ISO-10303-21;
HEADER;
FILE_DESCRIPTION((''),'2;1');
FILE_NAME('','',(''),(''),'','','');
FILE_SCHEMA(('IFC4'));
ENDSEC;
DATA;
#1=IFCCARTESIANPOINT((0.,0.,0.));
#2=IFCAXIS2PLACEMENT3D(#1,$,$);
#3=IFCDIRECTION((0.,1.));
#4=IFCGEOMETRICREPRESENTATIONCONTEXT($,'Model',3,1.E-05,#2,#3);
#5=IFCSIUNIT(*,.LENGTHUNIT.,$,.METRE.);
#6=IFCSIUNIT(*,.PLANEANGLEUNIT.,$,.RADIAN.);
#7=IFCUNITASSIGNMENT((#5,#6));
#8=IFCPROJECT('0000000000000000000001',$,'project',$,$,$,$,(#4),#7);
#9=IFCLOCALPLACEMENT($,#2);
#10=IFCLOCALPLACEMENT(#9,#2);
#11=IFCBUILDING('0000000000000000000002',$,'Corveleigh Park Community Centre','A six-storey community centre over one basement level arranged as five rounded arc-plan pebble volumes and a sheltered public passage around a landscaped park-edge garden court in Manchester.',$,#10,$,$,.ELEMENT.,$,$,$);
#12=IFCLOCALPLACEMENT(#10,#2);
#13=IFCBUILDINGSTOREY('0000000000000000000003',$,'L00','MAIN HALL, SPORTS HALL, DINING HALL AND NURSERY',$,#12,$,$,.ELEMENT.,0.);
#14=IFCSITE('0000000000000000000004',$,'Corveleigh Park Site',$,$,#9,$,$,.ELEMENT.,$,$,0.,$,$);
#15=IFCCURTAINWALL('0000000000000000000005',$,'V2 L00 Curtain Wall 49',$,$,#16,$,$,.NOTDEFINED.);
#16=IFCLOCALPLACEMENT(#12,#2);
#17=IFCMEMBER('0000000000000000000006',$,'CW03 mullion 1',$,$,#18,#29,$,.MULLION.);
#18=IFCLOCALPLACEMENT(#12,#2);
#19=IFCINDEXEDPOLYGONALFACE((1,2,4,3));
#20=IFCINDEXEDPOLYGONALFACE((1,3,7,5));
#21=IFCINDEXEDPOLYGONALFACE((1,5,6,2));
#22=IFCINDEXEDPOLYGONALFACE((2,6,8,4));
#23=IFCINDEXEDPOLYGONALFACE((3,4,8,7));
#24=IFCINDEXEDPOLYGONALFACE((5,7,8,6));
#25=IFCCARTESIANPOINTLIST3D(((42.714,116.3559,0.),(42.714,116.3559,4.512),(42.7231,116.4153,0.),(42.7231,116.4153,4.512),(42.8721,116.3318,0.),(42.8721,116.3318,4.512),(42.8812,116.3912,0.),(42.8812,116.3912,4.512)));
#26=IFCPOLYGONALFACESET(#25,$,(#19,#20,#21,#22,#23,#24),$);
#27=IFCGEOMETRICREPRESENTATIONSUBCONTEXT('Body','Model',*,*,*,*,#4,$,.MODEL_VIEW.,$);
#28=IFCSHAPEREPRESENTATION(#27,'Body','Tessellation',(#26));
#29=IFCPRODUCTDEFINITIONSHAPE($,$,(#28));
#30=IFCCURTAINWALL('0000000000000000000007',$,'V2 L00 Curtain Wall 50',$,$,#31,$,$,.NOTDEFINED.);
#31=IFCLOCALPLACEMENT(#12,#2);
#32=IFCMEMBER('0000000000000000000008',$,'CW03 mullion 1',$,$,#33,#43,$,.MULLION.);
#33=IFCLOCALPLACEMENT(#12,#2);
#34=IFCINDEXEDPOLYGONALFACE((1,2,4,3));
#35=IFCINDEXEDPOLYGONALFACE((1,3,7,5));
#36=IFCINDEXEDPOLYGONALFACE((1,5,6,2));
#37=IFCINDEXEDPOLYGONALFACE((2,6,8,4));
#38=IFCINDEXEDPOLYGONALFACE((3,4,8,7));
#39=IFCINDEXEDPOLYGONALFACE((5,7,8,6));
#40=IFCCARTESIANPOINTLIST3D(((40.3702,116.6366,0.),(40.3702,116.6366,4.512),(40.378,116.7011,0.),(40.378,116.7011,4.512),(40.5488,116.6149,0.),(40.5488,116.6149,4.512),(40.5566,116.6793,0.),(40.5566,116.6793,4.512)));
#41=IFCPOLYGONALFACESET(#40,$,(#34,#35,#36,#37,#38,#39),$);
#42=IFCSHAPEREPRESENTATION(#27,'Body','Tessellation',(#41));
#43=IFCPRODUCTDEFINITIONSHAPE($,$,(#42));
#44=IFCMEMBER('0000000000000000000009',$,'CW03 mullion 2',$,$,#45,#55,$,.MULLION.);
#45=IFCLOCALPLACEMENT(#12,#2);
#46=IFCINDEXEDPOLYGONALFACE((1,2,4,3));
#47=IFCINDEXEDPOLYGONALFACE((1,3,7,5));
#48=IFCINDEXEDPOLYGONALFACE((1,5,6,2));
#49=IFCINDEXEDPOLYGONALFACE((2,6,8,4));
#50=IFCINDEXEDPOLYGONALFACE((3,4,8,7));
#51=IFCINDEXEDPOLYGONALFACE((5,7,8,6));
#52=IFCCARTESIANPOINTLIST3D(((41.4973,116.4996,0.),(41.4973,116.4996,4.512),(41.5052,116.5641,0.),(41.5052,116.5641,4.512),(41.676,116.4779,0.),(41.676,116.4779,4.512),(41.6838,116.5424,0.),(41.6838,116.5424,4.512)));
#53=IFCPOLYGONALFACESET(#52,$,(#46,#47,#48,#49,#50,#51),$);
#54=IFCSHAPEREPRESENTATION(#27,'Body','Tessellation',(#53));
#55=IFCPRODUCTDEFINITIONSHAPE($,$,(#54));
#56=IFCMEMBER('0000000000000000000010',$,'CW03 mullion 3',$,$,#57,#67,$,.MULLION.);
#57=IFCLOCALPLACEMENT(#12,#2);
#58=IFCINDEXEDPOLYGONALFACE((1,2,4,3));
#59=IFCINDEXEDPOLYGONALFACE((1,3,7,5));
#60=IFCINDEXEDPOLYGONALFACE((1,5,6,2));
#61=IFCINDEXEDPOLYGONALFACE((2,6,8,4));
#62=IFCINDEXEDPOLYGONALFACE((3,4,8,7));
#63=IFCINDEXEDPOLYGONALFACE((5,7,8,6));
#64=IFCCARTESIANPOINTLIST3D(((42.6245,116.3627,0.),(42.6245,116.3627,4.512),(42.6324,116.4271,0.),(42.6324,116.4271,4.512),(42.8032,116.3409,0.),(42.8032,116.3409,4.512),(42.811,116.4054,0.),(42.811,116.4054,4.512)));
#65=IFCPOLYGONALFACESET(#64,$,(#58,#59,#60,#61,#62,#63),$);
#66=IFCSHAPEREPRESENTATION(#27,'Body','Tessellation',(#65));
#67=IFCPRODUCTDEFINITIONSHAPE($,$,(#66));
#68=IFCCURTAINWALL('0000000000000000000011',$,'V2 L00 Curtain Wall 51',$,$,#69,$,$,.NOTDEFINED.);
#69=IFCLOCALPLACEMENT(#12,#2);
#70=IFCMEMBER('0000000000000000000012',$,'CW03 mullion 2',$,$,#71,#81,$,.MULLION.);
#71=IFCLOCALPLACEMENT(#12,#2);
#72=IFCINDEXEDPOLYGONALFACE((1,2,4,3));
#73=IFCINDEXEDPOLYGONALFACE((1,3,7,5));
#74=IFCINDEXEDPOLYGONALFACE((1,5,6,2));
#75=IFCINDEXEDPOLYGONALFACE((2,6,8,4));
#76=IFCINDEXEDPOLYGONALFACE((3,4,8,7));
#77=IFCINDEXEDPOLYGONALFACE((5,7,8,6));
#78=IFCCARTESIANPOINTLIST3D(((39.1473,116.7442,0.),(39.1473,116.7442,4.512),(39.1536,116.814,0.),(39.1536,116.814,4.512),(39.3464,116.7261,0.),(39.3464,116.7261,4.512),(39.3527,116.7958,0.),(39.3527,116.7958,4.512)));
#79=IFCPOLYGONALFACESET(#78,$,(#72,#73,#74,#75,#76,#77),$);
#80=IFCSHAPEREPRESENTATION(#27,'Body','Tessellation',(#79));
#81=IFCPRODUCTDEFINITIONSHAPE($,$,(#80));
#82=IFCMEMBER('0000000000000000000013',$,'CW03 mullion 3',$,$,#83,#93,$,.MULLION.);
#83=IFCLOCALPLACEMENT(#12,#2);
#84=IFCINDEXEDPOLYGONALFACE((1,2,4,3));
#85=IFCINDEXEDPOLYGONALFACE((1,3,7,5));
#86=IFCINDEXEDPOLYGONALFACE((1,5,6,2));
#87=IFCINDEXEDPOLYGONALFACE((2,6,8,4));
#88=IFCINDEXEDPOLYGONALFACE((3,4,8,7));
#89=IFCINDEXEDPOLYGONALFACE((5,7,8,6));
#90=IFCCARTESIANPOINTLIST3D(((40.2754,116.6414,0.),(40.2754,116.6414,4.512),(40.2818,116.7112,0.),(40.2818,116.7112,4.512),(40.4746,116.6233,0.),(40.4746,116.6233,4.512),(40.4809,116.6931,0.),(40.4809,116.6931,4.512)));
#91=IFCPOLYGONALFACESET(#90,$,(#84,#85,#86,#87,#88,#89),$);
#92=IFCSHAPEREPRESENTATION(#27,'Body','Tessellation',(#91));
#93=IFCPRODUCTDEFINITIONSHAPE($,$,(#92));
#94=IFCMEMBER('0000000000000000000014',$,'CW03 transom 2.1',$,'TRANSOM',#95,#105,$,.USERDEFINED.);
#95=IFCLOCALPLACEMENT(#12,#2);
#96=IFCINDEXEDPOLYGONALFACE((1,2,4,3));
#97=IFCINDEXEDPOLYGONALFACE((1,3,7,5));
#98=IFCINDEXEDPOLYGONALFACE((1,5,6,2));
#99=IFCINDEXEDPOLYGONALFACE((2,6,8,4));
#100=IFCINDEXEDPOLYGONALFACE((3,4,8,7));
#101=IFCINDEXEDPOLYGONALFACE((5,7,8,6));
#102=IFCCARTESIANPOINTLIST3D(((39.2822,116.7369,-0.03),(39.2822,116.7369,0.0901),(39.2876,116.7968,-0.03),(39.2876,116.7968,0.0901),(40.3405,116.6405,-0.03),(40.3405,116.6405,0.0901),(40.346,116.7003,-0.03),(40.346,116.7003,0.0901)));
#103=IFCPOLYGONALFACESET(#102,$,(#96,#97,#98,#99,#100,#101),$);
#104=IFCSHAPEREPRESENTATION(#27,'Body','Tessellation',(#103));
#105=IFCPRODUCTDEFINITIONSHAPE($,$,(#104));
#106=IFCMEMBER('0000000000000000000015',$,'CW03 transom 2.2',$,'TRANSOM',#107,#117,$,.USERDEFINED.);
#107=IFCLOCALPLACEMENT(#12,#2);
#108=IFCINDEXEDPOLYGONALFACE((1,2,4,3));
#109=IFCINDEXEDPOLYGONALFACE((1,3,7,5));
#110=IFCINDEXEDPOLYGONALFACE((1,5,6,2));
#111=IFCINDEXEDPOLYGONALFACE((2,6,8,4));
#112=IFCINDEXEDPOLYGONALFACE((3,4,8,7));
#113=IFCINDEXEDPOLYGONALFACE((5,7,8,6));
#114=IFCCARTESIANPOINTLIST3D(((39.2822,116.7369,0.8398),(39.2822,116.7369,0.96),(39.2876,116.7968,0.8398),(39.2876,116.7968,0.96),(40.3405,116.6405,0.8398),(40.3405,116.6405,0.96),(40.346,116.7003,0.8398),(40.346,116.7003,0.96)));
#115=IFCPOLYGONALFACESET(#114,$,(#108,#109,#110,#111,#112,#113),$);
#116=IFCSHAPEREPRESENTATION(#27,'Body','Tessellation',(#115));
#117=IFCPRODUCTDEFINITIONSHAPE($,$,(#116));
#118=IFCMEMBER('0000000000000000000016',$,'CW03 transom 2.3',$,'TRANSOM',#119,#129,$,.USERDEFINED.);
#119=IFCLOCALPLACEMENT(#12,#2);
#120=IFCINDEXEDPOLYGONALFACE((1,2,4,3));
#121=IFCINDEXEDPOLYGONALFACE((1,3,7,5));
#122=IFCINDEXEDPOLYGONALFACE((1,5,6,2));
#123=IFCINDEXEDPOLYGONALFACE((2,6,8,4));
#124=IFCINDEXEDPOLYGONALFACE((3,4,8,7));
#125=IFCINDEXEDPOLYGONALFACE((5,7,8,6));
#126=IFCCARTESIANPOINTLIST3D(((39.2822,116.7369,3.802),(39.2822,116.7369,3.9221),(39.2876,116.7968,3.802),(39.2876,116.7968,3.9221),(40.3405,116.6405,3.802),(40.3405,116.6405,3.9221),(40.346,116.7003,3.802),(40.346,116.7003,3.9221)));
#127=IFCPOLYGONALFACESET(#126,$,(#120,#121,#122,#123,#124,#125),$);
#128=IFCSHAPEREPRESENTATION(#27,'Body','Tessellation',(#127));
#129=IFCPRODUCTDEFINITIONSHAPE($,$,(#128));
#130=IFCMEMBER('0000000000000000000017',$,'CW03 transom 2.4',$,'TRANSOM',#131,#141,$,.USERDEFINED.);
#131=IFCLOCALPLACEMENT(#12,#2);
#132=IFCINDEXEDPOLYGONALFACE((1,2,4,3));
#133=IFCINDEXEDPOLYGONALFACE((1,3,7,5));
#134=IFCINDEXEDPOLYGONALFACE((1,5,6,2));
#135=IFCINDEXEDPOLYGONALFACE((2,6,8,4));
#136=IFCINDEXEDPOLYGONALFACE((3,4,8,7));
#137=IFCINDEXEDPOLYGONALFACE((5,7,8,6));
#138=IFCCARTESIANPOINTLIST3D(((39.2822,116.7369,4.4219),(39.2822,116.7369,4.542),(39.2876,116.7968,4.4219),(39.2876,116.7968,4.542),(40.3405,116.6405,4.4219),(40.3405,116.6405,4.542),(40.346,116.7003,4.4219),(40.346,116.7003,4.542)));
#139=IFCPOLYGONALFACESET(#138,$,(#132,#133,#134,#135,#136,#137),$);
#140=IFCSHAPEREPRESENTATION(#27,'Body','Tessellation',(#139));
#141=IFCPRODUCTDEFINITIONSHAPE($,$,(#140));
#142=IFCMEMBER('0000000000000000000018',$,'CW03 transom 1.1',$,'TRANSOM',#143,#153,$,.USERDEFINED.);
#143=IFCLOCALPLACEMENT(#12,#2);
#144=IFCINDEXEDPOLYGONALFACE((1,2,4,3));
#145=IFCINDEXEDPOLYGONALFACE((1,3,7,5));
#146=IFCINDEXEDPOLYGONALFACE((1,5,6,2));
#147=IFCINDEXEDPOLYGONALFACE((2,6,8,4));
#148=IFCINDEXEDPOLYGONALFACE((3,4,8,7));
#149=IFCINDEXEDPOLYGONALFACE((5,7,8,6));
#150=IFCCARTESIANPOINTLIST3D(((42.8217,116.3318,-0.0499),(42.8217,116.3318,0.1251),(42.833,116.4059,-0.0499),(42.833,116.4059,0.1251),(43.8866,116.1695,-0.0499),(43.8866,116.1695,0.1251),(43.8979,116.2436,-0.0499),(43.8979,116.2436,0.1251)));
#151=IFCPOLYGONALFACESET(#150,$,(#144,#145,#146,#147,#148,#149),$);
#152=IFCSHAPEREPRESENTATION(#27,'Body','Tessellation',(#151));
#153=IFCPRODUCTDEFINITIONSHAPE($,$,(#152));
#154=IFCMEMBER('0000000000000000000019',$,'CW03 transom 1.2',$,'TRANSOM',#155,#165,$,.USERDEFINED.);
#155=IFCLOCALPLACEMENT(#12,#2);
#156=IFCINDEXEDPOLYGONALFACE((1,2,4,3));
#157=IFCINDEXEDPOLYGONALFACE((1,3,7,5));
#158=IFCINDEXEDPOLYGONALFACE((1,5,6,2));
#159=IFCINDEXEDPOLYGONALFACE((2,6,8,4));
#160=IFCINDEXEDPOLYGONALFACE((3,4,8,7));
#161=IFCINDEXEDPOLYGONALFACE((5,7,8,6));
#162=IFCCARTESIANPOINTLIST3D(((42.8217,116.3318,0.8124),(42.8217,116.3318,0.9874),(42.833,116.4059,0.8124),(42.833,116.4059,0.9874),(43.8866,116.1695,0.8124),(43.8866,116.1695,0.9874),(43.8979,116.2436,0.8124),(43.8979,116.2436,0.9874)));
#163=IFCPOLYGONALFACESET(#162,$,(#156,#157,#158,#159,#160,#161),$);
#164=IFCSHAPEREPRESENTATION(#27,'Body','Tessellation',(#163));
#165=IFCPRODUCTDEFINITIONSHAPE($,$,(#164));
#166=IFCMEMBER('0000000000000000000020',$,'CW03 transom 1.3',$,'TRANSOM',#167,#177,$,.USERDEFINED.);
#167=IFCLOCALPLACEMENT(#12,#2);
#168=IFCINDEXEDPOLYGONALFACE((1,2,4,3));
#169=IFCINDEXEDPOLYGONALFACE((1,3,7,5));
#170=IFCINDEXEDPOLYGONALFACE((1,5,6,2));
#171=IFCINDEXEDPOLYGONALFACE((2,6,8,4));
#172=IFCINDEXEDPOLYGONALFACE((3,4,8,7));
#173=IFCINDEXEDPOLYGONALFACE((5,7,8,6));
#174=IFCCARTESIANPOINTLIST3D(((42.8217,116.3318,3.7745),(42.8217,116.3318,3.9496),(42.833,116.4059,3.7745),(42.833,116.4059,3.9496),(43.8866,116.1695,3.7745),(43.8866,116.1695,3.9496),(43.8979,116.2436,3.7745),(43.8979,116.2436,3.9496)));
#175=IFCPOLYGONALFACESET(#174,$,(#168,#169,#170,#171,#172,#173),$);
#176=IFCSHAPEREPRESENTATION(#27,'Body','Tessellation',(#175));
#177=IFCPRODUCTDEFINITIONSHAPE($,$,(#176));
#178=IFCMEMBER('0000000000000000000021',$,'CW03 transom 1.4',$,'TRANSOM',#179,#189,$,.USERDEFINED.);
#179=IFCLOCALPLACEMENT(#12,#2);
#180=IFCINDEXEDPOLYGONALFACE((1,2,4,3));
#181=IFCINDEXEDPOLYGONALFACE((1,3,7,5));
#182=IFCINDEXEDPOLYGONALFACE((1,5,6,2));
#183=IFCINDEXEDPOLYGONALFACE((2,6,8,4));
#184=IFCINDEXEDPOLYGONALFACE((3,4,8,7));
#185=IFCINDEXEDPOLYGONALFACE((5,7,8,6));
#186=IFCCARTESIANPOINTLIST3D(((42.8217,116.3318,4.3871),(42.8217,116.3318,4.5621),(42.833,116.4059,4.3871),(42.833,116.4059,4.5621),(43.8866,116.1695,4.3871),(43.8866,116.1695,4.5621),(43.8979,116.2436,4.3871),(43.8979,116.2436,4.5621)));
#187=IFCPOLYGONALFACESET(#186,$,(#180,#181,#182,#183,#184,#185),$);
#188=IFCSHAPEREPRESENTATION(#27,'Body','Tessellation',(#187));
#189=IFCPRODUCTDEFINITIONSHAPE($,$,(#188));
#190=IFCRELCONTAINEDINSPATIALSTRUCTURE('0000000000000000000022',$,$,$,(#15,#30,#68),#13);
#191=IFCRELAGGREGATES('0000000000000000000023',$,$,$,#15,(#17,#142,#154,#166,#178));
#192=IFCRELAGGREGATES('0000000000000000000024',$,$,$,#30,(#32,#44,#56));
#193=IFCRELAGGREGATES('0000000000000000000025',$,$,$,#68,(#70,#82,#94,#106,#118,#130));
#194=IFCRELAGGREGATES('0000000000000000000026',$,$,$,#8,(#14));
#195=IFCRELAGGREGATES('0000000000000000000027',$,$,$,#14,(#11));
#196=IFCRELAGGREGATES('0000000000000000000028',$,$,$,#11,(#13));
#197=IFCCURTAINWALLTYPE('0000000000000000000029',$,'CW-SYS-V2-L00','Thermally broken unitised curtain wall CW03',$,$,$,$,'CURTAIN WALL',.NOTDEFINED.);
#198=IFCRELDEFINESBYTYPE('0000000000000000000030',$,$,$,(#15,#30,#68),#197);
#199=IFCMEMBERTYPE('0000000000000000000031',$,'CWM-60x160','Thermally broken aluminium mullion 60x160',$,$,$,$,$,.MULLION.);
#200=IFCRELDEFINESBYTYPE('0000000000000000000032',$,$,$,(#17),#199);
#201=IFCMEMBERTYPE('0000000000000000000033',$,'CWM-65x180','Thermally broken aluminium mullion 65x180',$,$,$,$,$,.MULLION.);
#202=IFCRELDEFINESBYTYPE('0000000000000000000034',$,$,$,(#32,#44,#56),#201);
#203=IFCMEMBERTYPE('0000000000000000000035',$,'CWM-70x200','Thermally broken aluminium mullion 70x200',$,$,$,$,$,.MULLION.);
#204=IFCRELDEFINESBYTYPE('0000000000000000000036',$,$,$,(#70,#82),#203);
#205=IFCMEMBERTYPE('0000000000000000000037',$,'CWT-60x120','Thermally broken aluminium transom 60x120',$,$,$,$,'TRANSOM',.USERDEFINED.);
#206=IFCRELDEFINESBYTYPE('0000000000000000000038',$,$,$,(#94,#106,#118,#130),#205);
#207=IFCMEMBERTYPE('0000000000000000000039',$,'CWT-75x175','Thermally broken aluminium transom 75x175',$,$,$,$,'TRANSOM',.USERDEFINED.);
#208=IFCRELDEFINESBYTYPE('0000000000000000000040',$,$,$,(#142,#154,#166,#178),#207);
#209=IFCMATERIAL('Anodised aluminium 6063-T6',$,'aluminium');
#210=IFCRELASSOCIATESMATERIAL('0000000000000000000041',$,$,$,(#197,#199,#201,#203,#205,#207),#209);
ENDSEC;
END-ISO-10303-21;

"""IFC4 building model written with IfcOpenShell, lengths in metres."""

from ifc_helpers import new_model, si_unit, direction, frame, origin, origin_2d, place, context, subcontext, project, spatial, rectangle, extrude, material, material_profile, profile_set, type_object, element, aggregate, save


model = new_model("IFC4")

# Units and contexts
model_context = context("Model", 3, precision=1e-05, world=origin(), true_north=direction((0.0, 1.0)))
body_context = subcontext(model_context, "Body", "Model", "MODEL_VIEW")
ifc_project = project(units=[si_unit("LENGTHUNIT", "METRE"), si_unit("PLANEANGLEUNIT", "RADIAN")], contexts=[model_context])

# Site, building, storey
site_placement = place(None, origin())
site = spatial("IfcSite", under=ifc_project, at=site_placement, Name="Corveleigh Park Site", CompositionType="ELEMENT", RefElevation=0.0)
building_placement = place(site_placement, origin())
building = spatial("IfcBuilding", under=site, at=building_placement, Name="Corveleigh Park Community Centre", Description="A six-storey community centre over one basement level arranged as five rounded arc-plan pebble volumes and a sheltered public passage around a landscaped park-edge garden court in Manchester.", CompositionType="ELEMENT")
storey_placement = place(building_placement, origin())
storey = spatial("IfcBuildingStorey", under=building, at=storey_placement, Name="L00", Description="MAIN HALL, SPORTS HALL, DINING HALL AND NURSERY", CompositionType="ELEMENT", Elevation=0.0)

# Curtain wall, member
ifc_material_1 = material(Name="Anodised aluminium 6063-T6", Category="aluminium")
curtain_wall_type = type_object("IfcCurtainWallType", Name="CW-SYS-V2-L00", Description="Thermally broken unitised curtain wall CW03", ElementType="CURTAIN WALL", PredefinedType="NOTDEFINED", material=ifc_material_1)
curtain_wall_1_placement = place(storey_placement, origin())
curtain_wall_1 = element("IfcCurtainWall", 1, at=curtain_wall_1_placement, inside=storey, type_object=curtain_wall_type, Name="V2 L00 Curtain Wall 49", PredefinedType="NOTDEFINED")
ifc_material_profile_1 = material_profile(ifc_material_1, rectangle(XDim=0.0601, YDim=0.1599, at=origin_2d()), Name="ALU-M60x160", Category="aluminium")
ifc_profile_set_1 = profile_set([ifc_material_profile_1], Name="Anodised aluminium 6063-T6")
member_type_1 = type_object("IfcMemberType", Name="CWM-60x160", Description="Thermally broken aluminium mullion 60x160", PredefinedType="MULLION", material=ifc_profile_set_1)
member_1_placement = place(storey_placement, frame((42.7976, 116.3735, 0.0), z_axis=(0.0, 0.0, 1.0), x_axis=(0.15077, 0.988569, 0.0)))
member_1 = element("IfcMember", 2, at=member_1_placement, type_object=member_type_1, Name="CW03 mullion 1", PredefinedType="MULLION", context=body_context, shape_type="SweptSolid", body=[
    extrude(rectangle(XDim=0.0601, YDim=0.1599, at=origin_2d()), origin(), (0.0, 0.0, 1.0), 4.512),
])

# Curtain walls, members
curtain_wall_2_placement = place(storey_placement, origin())
curtain_wall_2 = element("IfcCurtainWall", 3, at=curtain_wall_2_placement, inside=storey, type_object=curtain_wall_type, Name="V2 L00 Curtain Wall 50", PredefinedType="NOTDEFINED")
ifc_material_profile_2 = material_profile(ifc_material_1, rectangle(XDim=0.0649, YDim=0.1799, at=origin_2d()), Name="ALU-M65x180", Category="aluminium")
ifc_profile_set_2 = profile_set([ifc_material_profile_2], Name="Anodised aluminium 6063-T6")
member_type_2 = type_object("IfcMemberType", Name="CWM-65x180", Description="Thermally broken aluminium mullion 65x180", PredefinedType="MULLION", material=ifc_profile_set_2)
member_2_placement = place(storey_placement, frame((40.4634, 116.658, 0.0), z_axis=(0.0, 0.0, 1.0), x_axis=(0.120715, 0.992687, 0.0)))
member_2 = element("IfcMember", 4, at=member_2_placement, type_object=member_type_2, Name="CW03 mullion 1", PredefinedType="MULLION", context=body_context, shape_type="SweptSolid", body=[
    extrude(rectangle(XDim=0.0649, YDim=0.1799, at=origin_2d()), origin(), (0.0, 0.0, 1.0), 4.512),
])
member_3_placement = place(storey_placement, frame((41.5906, 116.521, 0.0), z_axis=(0.0, 0.0, 1.0), x_axis=(0.120715, 0.992687, 0.0)))
member_3 = element("IfcMember", 5, at=member_3_placement, type_object=member_type_2, Name="CW03 mullion 2", PredefinedType="MULLION", context=body_context, shape_type="SweptSolid", body=[
    extrude(rectangle(XDim=0.0649, YDim=0.1799, at=origin_2d()), origin(), (0.0, 0.0, 1.0), 4.512),
])
member_4_placement = place(storey_placement, frame((42.7178, 116.384, 0.0), z_axis=(0.0, 0.0, 1.0), x_axis=(0.120715, 0.992687, 0.0)))
member_4 = element("IfcMember", 6, at=member_4_placement, type_object=member_type_2, Name="CW03 mullion 3", PredefinedType="MULLION", context=body_context, shape_type="SweptSolid", body=[
    extrude(rectangle(XDim=0.0649, YDim=0.1799, at=origin_2d()), origin(), (0.0, 0.0, 1.0), 4.512),
])
curtain_wall_3_placement = place(storey_placement, origin())
curtain_wall_3 = element("IfcCurtainWall", 7, at=curtain_wall_3_placement, inside=storey, type_object=curtain_wall_type, Name="V2 L00 Curtain Wall 51", PredefinedType="NOTDEFINED")
ifc_material_profile_3 = material_profile(ifc_material_1, rectangle(XDim=0.0701, YDim=0.2, at=origin_2d()), Name="ALU-M70x200", Category="aluminium")
ifc_profile_set_3 = profile_set([ifc_material_profile_3], Name="Anodised aluminium 6063-T6")
member_type_3 = type_object("IfcMemberType", Name="CWM-70x200", Description="Thermally broken aluminium mullion 70x200", PredefinedType="MULLION", material=ifc_profile_set_3)
member_5_placement = place(storey_placement, frame((39.25, 116.77, 0.0), z_axis=(0.0, 0.0, 1.0), x_axis=(0.090767, 0.995872, 0.0)))
member_5 = element("IfcMember", 8, at=member_5_placement, type_object=member_type_3, Name="CW03 mullion 2", PredefinedType="MULLION", context=body_context, shape_type="SweptSolid", body=[
    extrude(rectangle(XDim=0.0701, YDim=0.2, at=origin_2d()), origin(), (0.0, 0.0, 1.0), 4.512),
])
member_6_placement = place(storey_placement, frame((40.3782, 116.6672, 0.0), z_axis=(0.0, 0.0, 1.0), x_axis=(0.090767, 0.995872, 0.0)))
member_6 = element("IfcMember", 9, at=member_6_placement, type_object=member_type_3, Name="CW03 mullion 3", PredefinedType="MULLION", context=body_context, shape_type="SweptSolid", body=[
    extrude(rectangle(XDim=0.0701, YDim=0.2, at=origin_2d()), origin(), (0.0, 0.0, 1.0), 4.512),
])
ifc_material_profile_4 = material_profile(ifc_material_1, rectangle(XDim=0.0601, YDim=0.1201, at=origin_2d()), Name="ALU-T60x120", Category="aluminium")
ifc_profile_set_4 = profile_set([ifc_material_profile_4], Name="Anodised aluminium 6063-T6")
member_type_4 = type_object("IfcMemberType", Name="CWT-60x120", Description="Thermally broken aluminium transom 60x120", ElementType="TRANSOM", PredefinedType="USERDEFINED", material=ifc_profile_set_4)
member_7_placement = place(storey_placement, frame((39.2849, 116.7668, 0.03), z_axis=(0.995874, -0.090743, 0.0), x_axis=(0.090743, 0.995874, 0.0)))
member_7 = element("IfcMember", 10, at=member_7_placement, type_object=member_type_4, Name="CW03 transom 2.1", ObjectType="TRANSOM", PredefinedType="USERDEFINED", context=body_context, shape_type="SweptSolid", body=[
    extrude(rectangle(XDim=0.0601, YDim=0.1201, at=origin_2d()), origin(), (0.0, 0.0, 1.0), 1.0627),
])
member_8_placement = place(storey_placement, frame((39.2849, 116.7668, 0.8999), z_axis=(0.995874, -0.090743, 0.0), x_axis=(0.090743, 0.995874, 0.0)))
member_8 = element("IfcMember", 11, at=member_8_placement, type_object=member_type_4, Name="CW03 transom 2.2", ObjectType="TRANSOM", PredefinedType="USERDEFINED", context=body_context, shape_type="SweptSolid", body=[
    extrude(rectangle(XDim=0.0601, YDim=0.1201, at=origin_2d()), origin(), (0.0, 0.0, 1.0), 1.0627),
])
member_9_placement = place(storey_placement, frame((39.2849, 116.7668, 3.8621), z_axis=(0.995874, -0.090743, 0.0), x_axis=(0.090743, 0.995874, 0.0)))
member_9 = element("IfcMember", 12, at=member_9_placement, type_object=member_type_4, Name="CW03 transom 2.3", ObjectType="TRANSOM", PredefinedType="USERDEFINED", context=body_context, shape_type="SweptSolid", body=[
    extrude(rectangle(XDim=0.0601, YDim=0.1201, at=origin_2d()), origin(), (0.0, 0.0, 1.0), 1.0627),
])
member_10_placement = place(storey_placement, frame((39.2849, 116.7668, 4.4819), z_axis=(0.995874, -0.090743, 0.0), x_axis=(0.090743, 0.995874, 0.0)))
member_10 = element("IfcMember", 13, at=member_10_placement, type_object=member_type_4, Name="CW03 transom 2.4", ObjectType="TRANSOM", PredefinedType="USERDEFINED", context=body_context, shape_type="SweptSolid", body=[
    extrude(rectangle(XDim=0.0601, YDim=0.1201, at=origin_2d()), origin(), (0.0, 0.0, 1.0), 1.0627),
])

# Members
ifc_material_profile_5 = material_profile(ifc_material_1, rectangle(XDim=0.075, YDim=0.175, at=origin_2d()), Name="ALU-T75x175", Category="aluminium")
ifc_profile_set_5 = profile_set([ifc_material_profile_5], Name="Anodised aluminium 6063-T6")
member_type_5 = type_object("IfcMemberType", Name="CWT-75x175", Description="Thermally broken aluminium transom 75x175", ElementType="TRANSOM", PredefinedType="USERDEFINED", material=ifc_profile_set_5)
member_11_placement = place(storey_placement, frame((42.8274, 116.3689, 0.0376), z_axis=(0.988578, -0.150712, 0.0), x_axis=(0.150712, 0.988578, 0.0)))
member_11 = element("IfcMember", 14, at=member_11_placement, type_object=member_type_5, Name="CW03 transom 1.1", ObjectType="TRANSOM", PredefinedType="USERDEFINED", context=body_context, shape_type="SweptSolid", body=[
    extrude(rectangle(XDim=0.075, YDim=0.175, at=origin_2d()), origin(), (0.0, 0.0, 1.0), 1.0771),
])
member_12_placement = place(storey_placement, frame((42.8274, 116.3689, 0.8999), z_axis=(0.988578, -0.150712, 0.0), x_axis=(0.150712, 0.988578, 0.0)))
member_12 = element("IfcMember", 15, at=member_12_placement, type_object=member_type_5, Name="CW03 transom 1.2", ObjectType="TRANSOM", PredefinedType="USERDEFINED", context=body_context, shape_type="SweptSolid", body=[
    extrude(rectangle(XDim=0.075, YDim=0.175, at=origin_2d()), origin(), (0.0, 0.0, 1.0), 1.0771),
])
member_13_placement = place(storey_placement, frame((42.8274, 116.3689, 3.8621), z_axis=(0.988578, -0.150712, 0.0), x_axis=(0.150712, 0.988578, 0.0)))
member_13 = element("IfcMember", 16, at=member_13_placement, type_object=member_type_5, Name="CW03 transom 1.3", ObjectType="TRANSOM", PredefinedType="USERDEFINED", context=body_context, shape_type="SweptSolid", body=[
    extrude(rectangle(XDim=0.075, YDim=0.175, at=origin_2d()), origin(), (0.0, 0.0, 1.0), 1.0771),
])
member_14_placement = place(storey_placement, frame((42.8274, 116.3689, 4.4746), z_axis=(0.988578, -0.150712, 0.0), x_axis=(0.150712, 0.988578, 0.0)))
member_14 = element("IfcMember", 17, at=member_14_placement, type_object=member_type_5, Name="CW03 transom 1.4", ObjectType="TRANSOM", PredefinedType="USERDEFINED", context=body_context, shape_type="SweptSolid", body=[
    extrude(rectangle(XDim=0.075, YDim=0.175, at=origin_2d()), origin(), (0.0, 0.0, 1.0), 1.0771),
])
aggregate(curtain_wall_1, [member_1, member_11, member_12, member_13, member_14])

aggregate(curtain_wall_2, [member_2, member_3, member_4])
aggregate(curtain_wall_3, [member_5, member_6, member_7, member_8, member_9, member_10])

save(model, "model.ifc")
